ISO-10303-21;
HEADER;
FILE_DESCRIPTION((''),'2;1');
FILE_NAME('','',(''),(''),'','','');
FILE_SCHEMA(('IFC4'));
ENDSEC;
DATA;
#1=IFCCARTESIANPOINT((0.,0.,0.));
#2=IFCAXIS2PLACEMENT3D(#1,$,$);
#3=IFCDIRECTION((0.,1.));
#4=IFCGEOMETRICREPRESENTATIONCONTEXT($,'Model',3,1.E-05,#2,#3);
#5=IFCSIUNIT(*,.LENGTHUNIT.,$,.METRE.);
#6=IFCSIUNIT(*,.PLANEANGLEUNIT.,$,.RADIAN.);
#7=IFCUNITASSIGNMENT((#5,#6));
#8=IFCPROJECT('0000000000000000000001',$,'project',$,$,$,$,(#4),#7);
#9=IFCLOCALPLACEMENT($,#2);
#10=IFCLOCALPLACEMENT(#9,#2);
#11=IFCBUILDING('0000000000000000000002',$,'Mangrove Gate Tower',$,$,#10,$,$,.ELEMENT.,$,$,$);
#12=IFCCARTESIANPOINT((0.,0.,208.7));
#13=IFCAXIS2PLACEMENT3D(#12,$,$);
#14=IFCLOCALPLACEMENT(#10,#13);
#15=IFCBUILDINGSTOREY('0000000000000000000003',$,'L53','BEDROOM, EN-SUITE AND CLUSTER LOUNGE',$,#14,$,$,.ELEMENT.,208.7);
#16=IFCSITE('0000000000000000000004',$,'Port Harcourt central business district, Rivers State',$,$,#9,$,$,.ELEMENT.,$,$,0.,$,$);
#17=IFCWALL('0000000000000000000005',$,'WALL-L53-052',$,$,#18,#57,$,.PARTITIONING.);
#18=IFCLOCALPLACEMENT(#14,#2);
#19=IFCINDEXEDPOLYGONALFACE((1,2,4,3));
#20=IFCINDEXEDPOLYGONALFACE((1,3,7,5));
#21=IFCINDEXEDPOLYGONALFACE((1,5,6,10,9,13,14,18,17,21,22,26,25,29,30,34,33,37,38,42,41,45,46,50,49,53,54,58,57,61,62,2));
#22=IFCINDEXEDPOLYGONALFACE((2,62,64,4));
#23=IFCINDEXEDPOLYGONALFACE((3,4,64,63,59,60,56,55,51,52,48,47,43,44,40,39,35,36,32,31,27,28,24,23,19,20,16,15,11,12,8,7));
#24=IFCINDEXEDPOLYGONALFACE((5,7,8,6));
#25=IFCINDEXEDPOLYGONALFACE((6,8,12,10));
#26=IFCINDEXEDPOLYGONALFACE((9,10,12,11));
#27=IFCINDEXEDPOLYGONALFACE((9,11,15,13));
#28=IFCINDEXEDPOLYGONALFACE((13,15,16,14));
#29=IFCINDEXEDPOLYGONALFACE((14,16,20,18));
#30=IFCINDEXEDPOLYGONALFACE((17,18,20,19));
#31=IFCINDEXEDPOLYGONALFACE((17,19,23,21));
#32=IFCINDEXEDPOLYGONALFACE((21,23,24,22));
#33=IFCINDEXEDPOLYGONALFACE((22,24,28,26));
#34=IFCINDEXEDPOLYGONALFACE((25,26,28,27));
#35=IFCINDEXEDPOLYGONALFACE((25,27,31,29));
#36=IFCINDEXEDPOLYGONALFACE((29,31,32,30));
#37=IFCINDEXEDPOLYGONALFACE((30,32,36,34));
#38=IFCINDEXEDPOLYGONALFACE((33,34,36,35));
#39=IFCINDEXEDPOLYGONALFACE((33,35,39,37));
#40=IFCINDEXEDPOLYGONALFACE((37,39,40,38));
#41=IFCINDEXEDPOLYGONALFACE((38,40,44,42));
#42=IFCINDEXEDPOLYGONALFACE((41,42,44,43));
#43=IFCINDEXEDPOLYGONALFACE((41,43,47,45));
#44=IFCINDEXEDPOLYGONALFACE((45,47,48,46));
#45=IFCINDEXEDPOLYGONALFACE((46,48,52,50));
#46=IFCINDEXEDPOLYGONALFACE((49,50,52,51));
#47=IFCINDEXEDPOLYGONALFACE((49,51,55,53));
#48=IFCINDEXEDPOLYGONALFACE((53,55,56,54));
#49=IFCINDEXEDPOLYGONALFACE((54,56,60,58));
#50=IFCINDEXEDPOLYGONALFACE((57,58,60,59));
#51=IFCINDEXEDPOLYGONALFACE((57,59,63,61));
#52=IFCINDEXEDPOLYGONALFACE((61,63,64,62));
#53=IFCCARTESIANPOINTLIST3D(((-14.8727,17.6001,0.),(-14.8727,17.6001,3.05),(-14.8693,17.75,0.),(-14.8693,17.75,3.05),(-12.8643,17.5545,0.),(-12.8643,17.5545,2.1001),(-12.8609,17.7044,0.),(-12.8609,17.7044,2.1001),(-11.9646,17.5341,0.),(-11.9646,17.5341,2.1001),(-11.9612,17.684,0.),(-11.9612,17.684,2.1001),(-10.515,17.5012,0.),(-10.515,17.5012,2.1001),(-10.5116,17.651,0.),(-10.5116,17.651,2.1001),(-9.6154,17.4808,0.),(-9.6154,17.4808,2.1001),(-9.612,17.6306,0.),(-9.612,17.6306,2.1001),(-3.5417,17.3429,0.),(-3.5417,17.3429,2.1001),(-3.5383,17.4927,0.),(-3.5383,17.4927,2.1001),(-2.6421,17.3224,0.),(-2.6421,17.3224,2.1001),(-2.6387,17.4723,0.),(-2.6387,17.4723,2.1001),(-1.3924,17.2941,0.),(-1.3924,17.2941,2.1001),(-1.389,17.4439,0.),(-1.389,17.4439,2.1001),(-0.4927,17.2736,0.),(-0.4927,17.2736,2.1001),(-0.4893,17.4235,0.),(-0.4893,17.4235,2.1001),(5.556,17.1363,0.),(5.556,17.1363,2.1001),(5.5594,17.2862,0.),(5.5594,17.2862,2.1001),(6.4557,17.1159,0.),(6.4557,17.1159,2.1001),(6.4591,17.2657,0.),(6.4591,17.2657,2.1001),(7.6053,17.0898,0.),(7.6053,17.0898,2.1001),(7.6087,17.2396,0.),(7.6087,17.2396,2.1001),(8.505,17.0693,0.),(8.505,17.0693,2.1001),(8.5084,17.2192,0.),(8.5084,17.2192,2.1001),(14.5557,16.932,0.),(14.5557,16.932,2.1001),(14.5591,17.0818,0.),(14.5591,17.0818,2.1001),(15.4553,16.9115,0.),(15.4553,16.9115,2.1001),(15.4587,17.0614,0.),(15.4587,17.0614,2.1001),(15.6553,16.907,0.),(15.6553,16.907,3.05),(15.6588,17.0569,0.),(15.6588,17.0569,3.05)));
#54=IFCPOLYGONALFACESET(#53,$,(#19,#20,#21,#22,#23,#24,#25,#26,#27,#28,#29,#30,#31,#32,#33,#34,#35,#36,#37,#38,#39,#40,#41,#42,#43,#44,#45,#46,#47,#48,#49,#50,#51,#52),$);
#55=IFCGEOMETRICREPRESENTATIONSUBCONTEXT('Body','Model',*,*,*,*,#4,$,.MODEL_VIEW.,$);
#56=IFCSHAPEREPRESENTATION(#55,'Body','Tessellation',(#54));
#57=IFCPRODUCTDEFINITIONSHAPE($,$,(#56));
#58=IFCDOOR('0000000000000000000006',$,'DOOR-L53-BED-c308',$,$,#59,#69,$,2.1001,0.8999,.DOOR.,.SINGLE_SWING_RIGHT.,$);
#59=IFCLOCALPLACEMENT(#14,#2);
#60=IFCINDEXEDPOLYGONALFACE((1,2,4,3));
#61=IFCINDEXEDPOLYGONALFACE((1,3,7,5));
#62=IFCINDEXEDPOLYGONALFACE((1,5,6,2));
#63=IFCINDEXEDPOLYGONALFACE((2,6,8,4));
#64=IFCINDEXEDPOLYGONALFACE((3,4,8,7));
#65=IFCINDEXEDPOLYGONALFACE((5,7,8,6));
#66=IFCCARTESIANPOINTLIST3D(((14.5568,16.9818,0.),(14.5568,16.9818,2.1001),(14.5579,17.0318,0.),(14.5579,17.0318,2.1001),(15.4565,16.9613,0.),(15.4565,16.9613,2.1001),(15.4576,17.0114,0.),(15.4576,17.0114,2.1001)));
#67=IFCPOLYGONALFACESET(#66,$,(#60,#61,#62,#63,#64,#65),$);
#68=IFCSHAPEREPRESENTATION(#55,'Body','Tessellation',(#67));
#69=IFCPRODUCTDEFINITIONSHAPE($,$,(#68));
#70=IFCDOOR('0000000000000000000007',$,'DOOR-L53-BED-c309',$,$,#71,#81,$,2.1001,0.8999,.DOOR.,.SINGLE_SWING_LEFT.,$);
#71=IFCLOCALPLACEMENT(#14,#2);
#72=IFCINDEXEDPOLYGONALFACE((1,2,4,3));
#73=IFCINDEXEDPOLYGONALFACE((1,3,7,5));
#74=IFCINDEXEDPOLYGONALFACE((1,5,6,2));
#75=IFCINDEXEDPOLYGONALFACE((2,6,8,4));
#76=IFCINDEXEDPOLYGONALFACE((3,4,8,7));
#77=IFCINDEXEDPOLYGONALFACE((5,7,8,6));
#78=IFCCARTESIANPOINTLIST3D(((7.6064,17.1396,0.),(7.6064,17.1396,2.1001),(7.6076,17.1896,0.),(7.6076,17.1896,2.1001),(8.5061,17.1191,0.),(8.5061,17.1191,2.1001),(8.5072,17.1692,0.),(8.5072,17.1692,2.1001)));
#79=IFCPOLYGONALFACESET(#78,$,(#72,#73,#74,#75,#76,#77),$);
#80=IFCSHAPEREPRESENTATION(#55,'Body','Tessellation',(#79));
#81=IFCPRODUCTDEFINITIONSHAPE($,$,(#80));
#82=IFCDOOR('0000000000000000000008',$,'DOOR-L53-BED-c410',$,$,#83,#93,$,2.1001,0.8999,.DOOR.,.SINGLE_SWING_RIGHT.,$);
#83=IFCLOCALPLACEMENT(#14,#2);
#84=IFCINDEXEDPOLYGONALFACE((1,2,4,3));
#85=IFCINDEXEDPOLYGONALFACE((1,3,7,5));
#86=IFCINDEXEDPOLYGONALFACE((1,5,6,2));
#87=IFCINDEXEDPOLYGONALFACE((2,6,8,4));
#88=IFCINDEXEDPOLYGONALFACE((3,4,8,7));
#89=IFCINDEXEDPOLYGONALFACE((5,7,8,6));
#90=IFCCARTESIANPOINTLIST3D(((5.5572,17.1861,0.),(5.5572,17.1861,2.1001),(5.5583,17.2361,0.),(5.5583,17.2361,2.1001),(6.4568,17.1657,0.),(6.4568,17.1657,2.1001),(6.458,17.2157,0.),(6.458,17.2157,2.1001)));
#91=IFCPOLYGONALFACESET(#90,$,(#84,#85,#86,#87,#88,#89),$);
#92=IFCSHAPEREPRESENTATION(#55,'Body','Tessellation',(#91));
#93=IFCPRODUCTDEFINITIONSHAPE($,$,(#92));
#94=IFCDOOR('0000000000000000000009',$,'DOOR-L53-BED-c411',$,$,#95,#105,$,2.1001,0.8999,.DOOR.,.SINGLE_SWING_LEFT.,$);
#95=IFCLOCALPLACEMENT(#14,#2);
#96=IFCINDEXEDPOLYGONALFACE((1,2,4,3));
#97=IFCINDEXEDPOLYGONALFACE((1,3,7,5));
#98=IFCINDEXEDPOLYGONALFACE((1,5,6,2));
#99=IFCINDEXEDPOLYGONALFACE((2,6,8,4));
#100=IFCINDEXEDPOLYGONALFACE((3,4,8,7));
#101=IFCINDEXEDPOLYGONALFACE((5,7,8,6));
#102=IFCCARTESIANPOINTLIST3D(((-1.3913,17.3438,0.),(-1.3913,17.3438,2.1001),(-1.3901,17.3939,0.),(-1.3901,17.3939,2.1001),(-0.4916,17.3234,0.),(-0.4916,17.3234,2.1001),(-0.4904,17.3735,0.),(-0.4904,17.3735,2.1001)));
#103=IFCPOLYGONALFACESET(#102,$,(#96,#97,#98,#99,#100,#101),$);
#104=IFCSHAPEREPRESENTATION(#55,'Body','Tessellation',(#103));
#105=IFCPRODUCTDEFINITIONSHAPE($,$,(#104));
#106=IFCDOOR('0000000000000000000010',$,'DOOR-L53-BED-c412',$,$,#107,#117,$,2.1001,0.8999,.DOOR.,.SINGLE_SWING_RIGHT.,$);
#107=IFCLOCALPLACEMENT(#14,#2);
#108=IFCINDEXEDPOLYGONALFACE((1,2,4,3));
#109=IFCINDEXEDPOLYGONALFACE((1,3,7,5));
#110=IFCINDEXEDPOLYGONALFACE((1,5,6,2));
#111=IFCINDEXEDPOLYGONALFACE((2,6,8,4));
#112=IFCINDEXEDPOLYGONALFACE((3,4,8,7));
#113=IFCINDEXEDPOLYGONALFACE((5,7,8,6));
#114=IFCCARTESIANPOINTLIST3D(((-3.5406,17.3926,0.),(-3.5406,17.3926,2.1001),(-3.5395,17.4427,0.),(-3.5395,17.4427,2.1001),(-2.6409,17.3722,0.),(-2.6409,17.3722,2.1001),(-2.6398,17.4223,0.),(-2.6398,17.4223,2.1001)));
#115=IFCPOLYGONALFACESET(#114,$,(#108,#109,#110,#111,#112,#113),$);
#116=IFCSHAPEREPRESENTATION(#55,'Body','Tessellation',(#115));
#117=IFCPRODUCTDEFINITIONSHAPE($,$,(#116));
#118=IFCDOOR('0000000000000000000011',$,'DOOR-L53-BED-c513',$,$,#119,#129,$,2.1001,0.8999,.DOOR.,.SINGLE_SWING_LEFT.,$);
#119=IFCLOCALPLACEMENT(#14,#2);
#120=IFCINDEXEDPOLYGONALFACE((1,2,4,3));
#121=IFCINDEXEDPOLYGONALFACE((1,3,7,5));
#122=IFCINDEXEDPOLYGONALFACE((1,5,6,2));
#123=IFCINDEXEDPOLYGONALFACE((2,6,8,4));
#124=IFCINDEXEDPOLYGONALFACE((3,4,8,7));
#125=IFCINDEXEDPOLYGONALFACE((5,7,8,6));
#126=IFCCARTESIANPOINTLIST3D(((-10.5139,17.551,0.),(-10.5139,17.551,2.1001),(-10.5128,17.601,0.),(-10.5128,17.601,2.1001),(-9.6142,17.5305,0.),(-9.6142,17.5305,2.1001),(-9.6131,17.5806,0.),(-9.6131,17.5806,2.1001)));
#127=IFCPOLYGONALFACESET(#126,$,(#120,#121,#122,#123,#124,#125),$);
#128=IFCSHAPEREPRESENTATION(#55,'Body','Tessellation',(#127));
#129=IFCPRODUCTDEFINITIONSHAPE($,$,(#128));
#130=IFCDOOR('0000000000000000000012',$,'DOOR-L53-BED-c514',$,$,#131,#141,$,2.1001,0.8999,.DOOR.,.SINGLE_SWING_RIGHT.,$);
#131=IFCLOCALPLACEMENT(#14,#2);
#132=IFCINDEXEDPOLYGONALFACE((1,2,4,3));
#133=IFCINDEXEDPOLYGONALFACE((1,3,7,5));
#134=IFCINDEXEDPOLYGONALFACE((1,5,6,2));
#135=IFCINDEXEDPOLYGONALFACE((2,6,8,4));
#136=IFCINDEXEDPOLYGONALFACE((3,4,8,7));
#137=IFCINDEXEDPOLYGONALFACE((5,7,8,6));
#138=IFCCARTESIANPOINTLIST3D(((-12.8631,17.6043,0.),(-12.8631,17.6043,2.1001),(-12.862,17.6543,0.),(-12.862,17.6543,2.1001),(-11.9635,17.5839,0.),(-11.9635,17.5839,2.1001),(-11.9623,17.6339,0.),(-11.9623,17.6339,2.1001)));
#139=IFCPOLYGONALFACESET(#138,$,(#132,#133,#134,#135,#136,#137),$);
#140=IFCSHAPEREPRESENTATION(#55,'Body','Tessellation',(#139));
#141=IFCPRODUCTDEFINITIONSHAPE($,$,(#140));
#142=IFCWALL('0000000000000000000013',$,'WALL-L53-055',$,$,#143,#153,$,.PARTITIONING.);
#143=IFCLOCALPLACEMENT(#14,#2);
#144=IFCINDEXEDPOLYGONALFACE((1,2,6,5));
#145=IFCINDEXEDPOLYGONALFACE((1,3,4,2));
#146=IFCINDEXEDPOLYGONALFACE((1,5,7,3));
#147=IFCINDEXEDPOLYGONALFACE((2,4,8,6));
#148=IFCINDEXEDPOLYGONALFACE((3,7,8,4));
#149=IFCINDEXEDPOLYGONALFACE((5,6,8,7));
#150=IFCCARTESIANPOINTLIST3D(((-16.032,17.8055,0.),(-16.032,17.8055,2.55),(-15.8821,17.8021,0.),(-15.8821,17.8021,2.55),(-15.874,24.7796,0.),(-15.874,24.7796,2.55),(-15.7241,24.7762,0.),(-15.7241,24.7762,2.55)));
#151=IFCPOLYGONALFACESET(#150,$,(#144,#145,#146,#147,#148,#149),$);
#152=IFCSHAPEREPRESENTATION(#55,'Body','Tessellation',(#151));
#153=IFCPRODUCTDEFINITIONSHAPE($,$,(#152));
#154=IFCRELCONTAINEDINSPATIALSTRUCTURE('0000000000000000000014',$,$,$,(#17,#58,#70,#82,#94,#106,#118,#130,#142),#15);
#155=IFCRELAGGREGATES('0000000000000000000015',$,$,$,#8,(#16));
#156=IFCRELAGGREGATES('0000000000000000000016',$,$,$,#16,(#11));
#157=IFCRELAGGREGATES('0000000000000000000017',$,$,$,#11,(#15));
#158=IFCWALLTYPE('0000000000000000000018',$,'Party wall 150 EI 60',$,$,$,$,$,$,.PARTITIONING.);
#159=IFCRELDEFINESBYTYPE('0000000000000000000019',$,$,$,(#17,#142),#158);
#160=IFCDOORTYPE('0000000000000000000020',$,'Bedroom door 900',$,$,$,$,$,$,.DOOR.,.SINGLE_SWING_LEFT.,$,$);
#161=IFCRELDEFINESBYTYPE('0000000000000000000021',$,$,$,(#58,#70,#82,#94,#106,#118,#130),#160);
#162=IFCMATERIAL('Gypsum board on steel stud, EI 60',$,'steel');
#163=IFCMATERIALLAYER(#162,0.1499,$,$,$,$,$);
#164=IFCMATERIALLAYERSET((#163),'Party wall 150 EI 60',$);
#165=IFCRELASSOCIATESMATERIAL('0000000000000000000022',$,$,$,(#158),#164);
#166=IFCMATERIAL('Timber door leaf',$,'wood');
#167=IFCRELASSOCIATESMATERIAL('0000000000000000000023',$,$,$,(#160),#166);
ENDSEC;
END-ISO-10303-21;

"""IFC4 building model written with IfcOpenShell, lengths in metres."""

from ifc_helpers import new_model, si_unit, direction, frame, frame_2d, origin, place, context, subcontext, project, spatial, rectangle, extrude, material, layer, layer_set, type_object, element, fill, save


model = new_model("IFC4")

# Units and contexts
model_context = context("Model", 3, precision=1e-05, world=origin(), true_north=direction((0.0, 1.0)))
body_context = subcontext(model_context, "Body", "Model", "MODEL_VIEW")
ifc_project = project(units=[si_unit("LENGTHUNIT", "METRE"), si_unit("PLANEANGLEUNIT", "RADIAN")], contexts=[model_context])

# Site, building, storey
site_placement = place(None, origin())
site = spatial("IfcSite", under=ifc_project, at=site_placement, Name="Port Harcourt central business district, Rivers State", CompositionType="ELEMENT", RefElevation=0.0)
building_placement = place(site_placement, origin())
building = spatial("IfcBuilding", under=site, at=building_placement, Name="Mangrove Gate Tower", CompositionType="ELEMENT")
storey_placement = place(building_placement, frame((0.0, 0.0, 208.7)))
storey = spatial("IfcBuildingStorey", under=building, at=storey_placement, Name="L53", Description="BEDROOM, EN-SUITE AND CLUSTER LOUNGE", CompositionType="ELEMENT", Elevation=208.7)

# Wall, openings, doors
ifc_material_1 = material(Name="Gypsum board on steel stud, EI 60", Category="steel")
ifc_layer_1 = layer(ifc_material_1, 0.1499)
ifc_layer_set_1 = layer_set([ifc_layer_1], Name="Party wall 150 EI 60")
wall_type_1 = type_object("IfcWallType", Name="Party wall 150 EI 60", PredefinedType="PARTITIONING", material=ifc_layer_set_1)
wall_1_placement = place(storey_placement, frame((-14.8711, 17.675, 0.0), z_axis=(0.0, 0.0, 1.0), x_axis=(0.999742, -0.022698, 0.0)))
wall_1 = element("IfcWall", 1, at=wall_1_placement, inside=storey, type_object=wall_type_1, Name="WALL-L53-052", PredefinedType="PARTITIONING", context=body_context, shape_type="SweptSolid", body=[
    extrude(rectangle(XDim=30.5359, YDim=0.1499, at=frame_2d((15.2681, 0.0))), origin(), (0.0, 0.0, 1.0), 3.05),
])
opening_1_placement = place(wall_1_placement, frame((29.436, 0.0, 0.0)))
opening_1 = element("IfcOpeningElement", 2, at=opening_1_placement, cuts=wall_1, PredefinedType="OPENING", context=body_context, shape_type="SweptSolid", body=[
    extrude(rectangle(XDim=0.8999, YDim=2.1001, at=frame_2d((0.45, 1.05))), frame((0.0, 0.085, 0.0), z_axis=(0.0, -1.0, 0.0), x_axis=(1.0, 0.0, 0.0)), (0.0, 0.0, 1.0), 0.1699),
])
opening_2_placement = place(wall_1_placement, frame((22.4839, 0.0, 0.0)))
opening_2 = element("IfcOpeningElement", 3, at=opening_2_placement, cuts=wall_1, PredefinedType="OPENING", context=body_context, shape_type="SweptSolid", body=[
    extrude(rectangle(XDim=0.8999, YDim=2.1001, at=frame_2d((0.45, 1.05))), frame((0.0, 0.085, 0.0), z_axis=(0.0, -1.0, 0.0), x_axis=(1.0, 0.0, 0.0)), (0.0, 0.0, 1.0), 0.1699),
])
opening_3_placement = place(wall_1_placement, frame((20.4341, 0.0, 0.0)))
opening_3 = element("IfcOpeningElement", 4, at=opening_3_placement, cuts=wall_1, PredefinedType="OPENING", context=body_context, shape_type="SweptSolid", body=[
    extrude(rectangle(XDim=0.8999, YDim=2.1001, at=frame_2d((0.45, 1.05))), frame((0.0, 0.085, 0.0), z_axis=(0.0, -1.0, 0.0), x_axis=(1.0, 0.0, 0.0)), (0.0, 0.0, 1.0), 0.1699),
])
opening_4_placement = place(wall_1_placement, frame((13.4839, 0.0, 0.0)))
opening_4 = element("IfcOpeningElement", 5, at=opening_4_placement, cuts=wall_1, PredefinedType="OPENING", context=body_context, shape_type="SweptSolid", body=[
    extrude(rectangle(XDim=0.8999, YDim=2.1001, at=frame_2d((0.45, 1.05))), frame((0.0, 0.085, 0.0), z_axis=(0.0, -1.0, 0.0), x_axis=(1.0, 0.0, 0.0)), (0.0, 0.0, 1.0), 0.1699),
])
opening_5_placement = place(wall_1_placement, frame((11.334, 0.0, 0.0)))
opening_5 = element("IfcOpeningElement", 6, at=opening_5_placement, cuts=wall_1, PredefinedType="OPENING", context=body_context, shape_type="SweptSolid", body=[
    extrude(rectangle(XDim=0.8999, YDim=2.1001, at=frame_2d((0.45, 1.05))), frame((0.0, 0.085, 0.0), z_axis=(0.0, -1.0, 0.0), x_axis=(1.0, 0.0, 0.0)), (0.0, 0.0, 1.0), 0.1699),
])
opening_6_placement = place(wall_1_placement, frame((4.3589, 0.0, 0.0)))
opening_6 = element("IfcOpeningElement", 7, at=opening_6_placement, cuts=wall_1, PredefinedType="OPENING", context=body_context, shape_type="SweptSolid", body=[
    extrude(rectangle(XDim=0.8999, YDim=2.1001, at=frame_2d((0.45, 1.05))), frame((0.0, 0.085, 0.0), z_axis=(0.0, -1.0, 0.0), x_axis=(1.0, 0.0, 0.0)), (0.0, 0.0, 1.0), 0.1699),
])
opening_7_placement = place(wall_1_placement, frame((2.009, 0.0, 0.0)))
opening_7 = element("IfcOpeningElement", 8, at=opening_7_placement, cuts=wall_1, PredefinedType="OPENING", context=body_context, shape_type="SweptSolid", body=[
    extrude(rectangle(XDim=0.8999, YDim=2.1001, at=frame_2d((0.45, 1.05))), frame((0.0, 0.085, 0.0), z_axis=(0.0, -1.0, 0.0), x_axis=(1.0, 0.0, 0.0)), (0.0, 0.0, 1.0), 0.1699),
])
ifc_material_2 = material(Name="Timber door leaf", Category="wood")
door_type_1 = type_object("IfcDoorType", Name="Bedroom door 900", OperationType="SINGLE_SWING_LEFT", PredefinedType="DOOR", material=ifc_material_2)
door_1_placement = place(opening_1_placement, origin())
door_1 = element("IfcDoor", 9, at=door_1_placement, inside=storey, type_object=door_type_1, Name="DOOR-L53-BED-c308", OperationType="SINGLE_SWING_RIGHT", OverallHeight=2.1001, OverallWidth=0.8999, PredefinedType="DOOR", context=body_context, shape_type="SweptSolid", body=[
    extrude(rectangle(XDim=0.8999, YDim=2.1001, at=frame_2d((0.45, 1.05))), frame((0.0, 0.0249, 0.0), z_axis=(0.0, -1.0, 0.0), x_axis=(1.0, 0.0, 0.0)), (0.0, 0.0, 1.0), 0.05),
])
fill(opening_1, door_1)
door_2_placement = place(opening_2_placement, origin())
door_2 = element("IfcDoor", 10, at=door_2_placement, inside=storey, type_object=door_type_1, Name="DOOR-L53-BED-c309", OperationType="SINGLE_SWING_LEFT", OverallHeight=2.1001, OverallWidth=0.8999, PredefinedType="DOOR", context=body_context, shape_type="SweptSolid", body=[
    extrude(rectangle(XDim=0.8999, YDim=2.1001, at=frame_2d((0.45, 1.05))), frame((0.0, 0.0249, 0.0), z_axis=(0.0, -1.0, 0.0), x_axis=(1.0, 0.0, 0.0)), (0.0, 0.0, 1.0), 0.05),
])
fill(opening_2, door_2)
door_3_placement = place(opening_3_placement, origin())
door_3 = element("IfcDoor", 11, at=door_3_placement, inside=storey, type_object=door_type_1, Name="DOOR-L53-BED-c410", OperationType="SINGLE_SWING_RIGHT", OverallHeight=2.1001, OverallWidth=0.8999, PredefinedType="DOOR", context=body_context, shape_type="SweptSolid", body=[
    extrude(rectangle(XDim=0.8999, YDim=2.1001, at=frame_2d((0.45, 1.05))), frame((0.0, 0.0249, 0.0), z_axis=(0.0, -1.0, 0.0), x_axis=(1.0, 0.0, 0.0)), (0.0, 0.0, 1.0), 0.05),
])
fill(opening_3, door_3)
door_4_placement = place(opening_4_placement, origin())
door_4 = element("IfcDoor", 12, at=door_4_placement, inside=storey, type_object=door_type_1, Name="DOOR-L53-BED-c411", OperationType="SINGLE_SWING_LEFT", OverallHeight=2.1001, OverallWidth=0.8999, PredefinedType="DOOR", context=body_context, shape_type="SweptSolid", body=[
    extrude(rectangle(XDim=0.8999, YDim=2.1001, at=frame_2d((0.45, 1.05))), frame((0.0, 0.0249, 0.0), z_axis=(0.0, -1.0, 0.0), x_axis=(1.0, 0.0, 0.0)), (0.0, 0.0, 1.0), 0.05),
])
fill(opening_4, door_4)
door_5_placement = place(opening_5_placement, origin())
door_5 = element("IfcDoor", 13, at=door_5_placement, inside=storey, type_object=door_type_1, Name="DOOR-L53-BED-c412", OperationType="SINGLE_SWING_RIGHT", OverallHeight=2.1001, OverallWidth=0.8999, PredefinedType="DOOR", context=body_context, shape_type="SweptSolid", body=[
    extrude(rectangle(XDim=0.8999, YDim=2.1001, at=frame_2d((0.45, 1.05))), frame((0.0, 0.0249, 0.0), z_axis=(0.0, -1.0, 0.0), x_axis=(1.0, 0.0, 0.0)), (0.0, 0.0, 1.0), 0.05),
])
fill(opening_5, door_5)
door_6_placement = place(opening_6_placement, origin())
door_6 = element("IfcDoor", 14, at=door_6_placement, inside=storey, type_object=door_type_1, Name="DOOR-L53-BED-c513", OperationType="SINGLE_SWING_LEFT", OverallHeight=2.1001, OverallWidth=0.8999, PredefinedType="DOOR", context=body_context, shape_type="SweptSolid", body=[
    extrude(rectangle(XDim=0.8999, YDim=2.1001, at=frame_2d((0.45, 1.05))), frame((0.0, 0.0249, 0.0), z_axis=(0.0, -1.0, 0.0), x_axis=(1.0, 0.0, 0.0)), (0.0, 0.0, 1.0), 0.05),
])
fill(opening_6, door_6)
door_7_placement = place(opening_7_placement, origin())
door_7 = element("IfcDoor", 15, at=door_7_placement, inside=storey, type_object=door_type_1, Name="DOOR-L53-BED-c514", OperationType="SINGLE_SWING_RIGHT", OverallHeight=2.1001, OverallWidth=0.8999, PredefinedType="DOOR", context=body_context, shape_type="SweptSolid", body=[
    extrude(rectangle(XDim=0.8999, YDim=2.1001, at=frame_2d((0.45, 1.05))), frame((0.0, 0.0249, 0.0), z_axis=(0.0, -1.0, 0.0), x_axis=(1.0, 0.0, 0.0)), (0.0, 0.0, 1.0), 0.05),
])
fill(opening_7, door_7)

# Wall
wall_2_placement = place(storey_placement, frame((-15.957, 17.804, 0.0), z_axis=(0.0, 0.0, 1.0), x_axis=(0.022643, 0.999744, 0.0)))
element("IfcWall", 16, at=wall_2_placement, inside=storey, type_object=wall_type_1, Name="WALL-L53-055", PredefinedType="PARTITIONING", context=body_context, shape_type="SweptSolid", body=[
    extrude(rectangle(XDim=6.9758, YDim=0.1499, at=frame_2d((3.4878, 0.0))), origin(), (0.0, 0.0, 1.0), 2.55),
])

save(model, "model.ifc")
